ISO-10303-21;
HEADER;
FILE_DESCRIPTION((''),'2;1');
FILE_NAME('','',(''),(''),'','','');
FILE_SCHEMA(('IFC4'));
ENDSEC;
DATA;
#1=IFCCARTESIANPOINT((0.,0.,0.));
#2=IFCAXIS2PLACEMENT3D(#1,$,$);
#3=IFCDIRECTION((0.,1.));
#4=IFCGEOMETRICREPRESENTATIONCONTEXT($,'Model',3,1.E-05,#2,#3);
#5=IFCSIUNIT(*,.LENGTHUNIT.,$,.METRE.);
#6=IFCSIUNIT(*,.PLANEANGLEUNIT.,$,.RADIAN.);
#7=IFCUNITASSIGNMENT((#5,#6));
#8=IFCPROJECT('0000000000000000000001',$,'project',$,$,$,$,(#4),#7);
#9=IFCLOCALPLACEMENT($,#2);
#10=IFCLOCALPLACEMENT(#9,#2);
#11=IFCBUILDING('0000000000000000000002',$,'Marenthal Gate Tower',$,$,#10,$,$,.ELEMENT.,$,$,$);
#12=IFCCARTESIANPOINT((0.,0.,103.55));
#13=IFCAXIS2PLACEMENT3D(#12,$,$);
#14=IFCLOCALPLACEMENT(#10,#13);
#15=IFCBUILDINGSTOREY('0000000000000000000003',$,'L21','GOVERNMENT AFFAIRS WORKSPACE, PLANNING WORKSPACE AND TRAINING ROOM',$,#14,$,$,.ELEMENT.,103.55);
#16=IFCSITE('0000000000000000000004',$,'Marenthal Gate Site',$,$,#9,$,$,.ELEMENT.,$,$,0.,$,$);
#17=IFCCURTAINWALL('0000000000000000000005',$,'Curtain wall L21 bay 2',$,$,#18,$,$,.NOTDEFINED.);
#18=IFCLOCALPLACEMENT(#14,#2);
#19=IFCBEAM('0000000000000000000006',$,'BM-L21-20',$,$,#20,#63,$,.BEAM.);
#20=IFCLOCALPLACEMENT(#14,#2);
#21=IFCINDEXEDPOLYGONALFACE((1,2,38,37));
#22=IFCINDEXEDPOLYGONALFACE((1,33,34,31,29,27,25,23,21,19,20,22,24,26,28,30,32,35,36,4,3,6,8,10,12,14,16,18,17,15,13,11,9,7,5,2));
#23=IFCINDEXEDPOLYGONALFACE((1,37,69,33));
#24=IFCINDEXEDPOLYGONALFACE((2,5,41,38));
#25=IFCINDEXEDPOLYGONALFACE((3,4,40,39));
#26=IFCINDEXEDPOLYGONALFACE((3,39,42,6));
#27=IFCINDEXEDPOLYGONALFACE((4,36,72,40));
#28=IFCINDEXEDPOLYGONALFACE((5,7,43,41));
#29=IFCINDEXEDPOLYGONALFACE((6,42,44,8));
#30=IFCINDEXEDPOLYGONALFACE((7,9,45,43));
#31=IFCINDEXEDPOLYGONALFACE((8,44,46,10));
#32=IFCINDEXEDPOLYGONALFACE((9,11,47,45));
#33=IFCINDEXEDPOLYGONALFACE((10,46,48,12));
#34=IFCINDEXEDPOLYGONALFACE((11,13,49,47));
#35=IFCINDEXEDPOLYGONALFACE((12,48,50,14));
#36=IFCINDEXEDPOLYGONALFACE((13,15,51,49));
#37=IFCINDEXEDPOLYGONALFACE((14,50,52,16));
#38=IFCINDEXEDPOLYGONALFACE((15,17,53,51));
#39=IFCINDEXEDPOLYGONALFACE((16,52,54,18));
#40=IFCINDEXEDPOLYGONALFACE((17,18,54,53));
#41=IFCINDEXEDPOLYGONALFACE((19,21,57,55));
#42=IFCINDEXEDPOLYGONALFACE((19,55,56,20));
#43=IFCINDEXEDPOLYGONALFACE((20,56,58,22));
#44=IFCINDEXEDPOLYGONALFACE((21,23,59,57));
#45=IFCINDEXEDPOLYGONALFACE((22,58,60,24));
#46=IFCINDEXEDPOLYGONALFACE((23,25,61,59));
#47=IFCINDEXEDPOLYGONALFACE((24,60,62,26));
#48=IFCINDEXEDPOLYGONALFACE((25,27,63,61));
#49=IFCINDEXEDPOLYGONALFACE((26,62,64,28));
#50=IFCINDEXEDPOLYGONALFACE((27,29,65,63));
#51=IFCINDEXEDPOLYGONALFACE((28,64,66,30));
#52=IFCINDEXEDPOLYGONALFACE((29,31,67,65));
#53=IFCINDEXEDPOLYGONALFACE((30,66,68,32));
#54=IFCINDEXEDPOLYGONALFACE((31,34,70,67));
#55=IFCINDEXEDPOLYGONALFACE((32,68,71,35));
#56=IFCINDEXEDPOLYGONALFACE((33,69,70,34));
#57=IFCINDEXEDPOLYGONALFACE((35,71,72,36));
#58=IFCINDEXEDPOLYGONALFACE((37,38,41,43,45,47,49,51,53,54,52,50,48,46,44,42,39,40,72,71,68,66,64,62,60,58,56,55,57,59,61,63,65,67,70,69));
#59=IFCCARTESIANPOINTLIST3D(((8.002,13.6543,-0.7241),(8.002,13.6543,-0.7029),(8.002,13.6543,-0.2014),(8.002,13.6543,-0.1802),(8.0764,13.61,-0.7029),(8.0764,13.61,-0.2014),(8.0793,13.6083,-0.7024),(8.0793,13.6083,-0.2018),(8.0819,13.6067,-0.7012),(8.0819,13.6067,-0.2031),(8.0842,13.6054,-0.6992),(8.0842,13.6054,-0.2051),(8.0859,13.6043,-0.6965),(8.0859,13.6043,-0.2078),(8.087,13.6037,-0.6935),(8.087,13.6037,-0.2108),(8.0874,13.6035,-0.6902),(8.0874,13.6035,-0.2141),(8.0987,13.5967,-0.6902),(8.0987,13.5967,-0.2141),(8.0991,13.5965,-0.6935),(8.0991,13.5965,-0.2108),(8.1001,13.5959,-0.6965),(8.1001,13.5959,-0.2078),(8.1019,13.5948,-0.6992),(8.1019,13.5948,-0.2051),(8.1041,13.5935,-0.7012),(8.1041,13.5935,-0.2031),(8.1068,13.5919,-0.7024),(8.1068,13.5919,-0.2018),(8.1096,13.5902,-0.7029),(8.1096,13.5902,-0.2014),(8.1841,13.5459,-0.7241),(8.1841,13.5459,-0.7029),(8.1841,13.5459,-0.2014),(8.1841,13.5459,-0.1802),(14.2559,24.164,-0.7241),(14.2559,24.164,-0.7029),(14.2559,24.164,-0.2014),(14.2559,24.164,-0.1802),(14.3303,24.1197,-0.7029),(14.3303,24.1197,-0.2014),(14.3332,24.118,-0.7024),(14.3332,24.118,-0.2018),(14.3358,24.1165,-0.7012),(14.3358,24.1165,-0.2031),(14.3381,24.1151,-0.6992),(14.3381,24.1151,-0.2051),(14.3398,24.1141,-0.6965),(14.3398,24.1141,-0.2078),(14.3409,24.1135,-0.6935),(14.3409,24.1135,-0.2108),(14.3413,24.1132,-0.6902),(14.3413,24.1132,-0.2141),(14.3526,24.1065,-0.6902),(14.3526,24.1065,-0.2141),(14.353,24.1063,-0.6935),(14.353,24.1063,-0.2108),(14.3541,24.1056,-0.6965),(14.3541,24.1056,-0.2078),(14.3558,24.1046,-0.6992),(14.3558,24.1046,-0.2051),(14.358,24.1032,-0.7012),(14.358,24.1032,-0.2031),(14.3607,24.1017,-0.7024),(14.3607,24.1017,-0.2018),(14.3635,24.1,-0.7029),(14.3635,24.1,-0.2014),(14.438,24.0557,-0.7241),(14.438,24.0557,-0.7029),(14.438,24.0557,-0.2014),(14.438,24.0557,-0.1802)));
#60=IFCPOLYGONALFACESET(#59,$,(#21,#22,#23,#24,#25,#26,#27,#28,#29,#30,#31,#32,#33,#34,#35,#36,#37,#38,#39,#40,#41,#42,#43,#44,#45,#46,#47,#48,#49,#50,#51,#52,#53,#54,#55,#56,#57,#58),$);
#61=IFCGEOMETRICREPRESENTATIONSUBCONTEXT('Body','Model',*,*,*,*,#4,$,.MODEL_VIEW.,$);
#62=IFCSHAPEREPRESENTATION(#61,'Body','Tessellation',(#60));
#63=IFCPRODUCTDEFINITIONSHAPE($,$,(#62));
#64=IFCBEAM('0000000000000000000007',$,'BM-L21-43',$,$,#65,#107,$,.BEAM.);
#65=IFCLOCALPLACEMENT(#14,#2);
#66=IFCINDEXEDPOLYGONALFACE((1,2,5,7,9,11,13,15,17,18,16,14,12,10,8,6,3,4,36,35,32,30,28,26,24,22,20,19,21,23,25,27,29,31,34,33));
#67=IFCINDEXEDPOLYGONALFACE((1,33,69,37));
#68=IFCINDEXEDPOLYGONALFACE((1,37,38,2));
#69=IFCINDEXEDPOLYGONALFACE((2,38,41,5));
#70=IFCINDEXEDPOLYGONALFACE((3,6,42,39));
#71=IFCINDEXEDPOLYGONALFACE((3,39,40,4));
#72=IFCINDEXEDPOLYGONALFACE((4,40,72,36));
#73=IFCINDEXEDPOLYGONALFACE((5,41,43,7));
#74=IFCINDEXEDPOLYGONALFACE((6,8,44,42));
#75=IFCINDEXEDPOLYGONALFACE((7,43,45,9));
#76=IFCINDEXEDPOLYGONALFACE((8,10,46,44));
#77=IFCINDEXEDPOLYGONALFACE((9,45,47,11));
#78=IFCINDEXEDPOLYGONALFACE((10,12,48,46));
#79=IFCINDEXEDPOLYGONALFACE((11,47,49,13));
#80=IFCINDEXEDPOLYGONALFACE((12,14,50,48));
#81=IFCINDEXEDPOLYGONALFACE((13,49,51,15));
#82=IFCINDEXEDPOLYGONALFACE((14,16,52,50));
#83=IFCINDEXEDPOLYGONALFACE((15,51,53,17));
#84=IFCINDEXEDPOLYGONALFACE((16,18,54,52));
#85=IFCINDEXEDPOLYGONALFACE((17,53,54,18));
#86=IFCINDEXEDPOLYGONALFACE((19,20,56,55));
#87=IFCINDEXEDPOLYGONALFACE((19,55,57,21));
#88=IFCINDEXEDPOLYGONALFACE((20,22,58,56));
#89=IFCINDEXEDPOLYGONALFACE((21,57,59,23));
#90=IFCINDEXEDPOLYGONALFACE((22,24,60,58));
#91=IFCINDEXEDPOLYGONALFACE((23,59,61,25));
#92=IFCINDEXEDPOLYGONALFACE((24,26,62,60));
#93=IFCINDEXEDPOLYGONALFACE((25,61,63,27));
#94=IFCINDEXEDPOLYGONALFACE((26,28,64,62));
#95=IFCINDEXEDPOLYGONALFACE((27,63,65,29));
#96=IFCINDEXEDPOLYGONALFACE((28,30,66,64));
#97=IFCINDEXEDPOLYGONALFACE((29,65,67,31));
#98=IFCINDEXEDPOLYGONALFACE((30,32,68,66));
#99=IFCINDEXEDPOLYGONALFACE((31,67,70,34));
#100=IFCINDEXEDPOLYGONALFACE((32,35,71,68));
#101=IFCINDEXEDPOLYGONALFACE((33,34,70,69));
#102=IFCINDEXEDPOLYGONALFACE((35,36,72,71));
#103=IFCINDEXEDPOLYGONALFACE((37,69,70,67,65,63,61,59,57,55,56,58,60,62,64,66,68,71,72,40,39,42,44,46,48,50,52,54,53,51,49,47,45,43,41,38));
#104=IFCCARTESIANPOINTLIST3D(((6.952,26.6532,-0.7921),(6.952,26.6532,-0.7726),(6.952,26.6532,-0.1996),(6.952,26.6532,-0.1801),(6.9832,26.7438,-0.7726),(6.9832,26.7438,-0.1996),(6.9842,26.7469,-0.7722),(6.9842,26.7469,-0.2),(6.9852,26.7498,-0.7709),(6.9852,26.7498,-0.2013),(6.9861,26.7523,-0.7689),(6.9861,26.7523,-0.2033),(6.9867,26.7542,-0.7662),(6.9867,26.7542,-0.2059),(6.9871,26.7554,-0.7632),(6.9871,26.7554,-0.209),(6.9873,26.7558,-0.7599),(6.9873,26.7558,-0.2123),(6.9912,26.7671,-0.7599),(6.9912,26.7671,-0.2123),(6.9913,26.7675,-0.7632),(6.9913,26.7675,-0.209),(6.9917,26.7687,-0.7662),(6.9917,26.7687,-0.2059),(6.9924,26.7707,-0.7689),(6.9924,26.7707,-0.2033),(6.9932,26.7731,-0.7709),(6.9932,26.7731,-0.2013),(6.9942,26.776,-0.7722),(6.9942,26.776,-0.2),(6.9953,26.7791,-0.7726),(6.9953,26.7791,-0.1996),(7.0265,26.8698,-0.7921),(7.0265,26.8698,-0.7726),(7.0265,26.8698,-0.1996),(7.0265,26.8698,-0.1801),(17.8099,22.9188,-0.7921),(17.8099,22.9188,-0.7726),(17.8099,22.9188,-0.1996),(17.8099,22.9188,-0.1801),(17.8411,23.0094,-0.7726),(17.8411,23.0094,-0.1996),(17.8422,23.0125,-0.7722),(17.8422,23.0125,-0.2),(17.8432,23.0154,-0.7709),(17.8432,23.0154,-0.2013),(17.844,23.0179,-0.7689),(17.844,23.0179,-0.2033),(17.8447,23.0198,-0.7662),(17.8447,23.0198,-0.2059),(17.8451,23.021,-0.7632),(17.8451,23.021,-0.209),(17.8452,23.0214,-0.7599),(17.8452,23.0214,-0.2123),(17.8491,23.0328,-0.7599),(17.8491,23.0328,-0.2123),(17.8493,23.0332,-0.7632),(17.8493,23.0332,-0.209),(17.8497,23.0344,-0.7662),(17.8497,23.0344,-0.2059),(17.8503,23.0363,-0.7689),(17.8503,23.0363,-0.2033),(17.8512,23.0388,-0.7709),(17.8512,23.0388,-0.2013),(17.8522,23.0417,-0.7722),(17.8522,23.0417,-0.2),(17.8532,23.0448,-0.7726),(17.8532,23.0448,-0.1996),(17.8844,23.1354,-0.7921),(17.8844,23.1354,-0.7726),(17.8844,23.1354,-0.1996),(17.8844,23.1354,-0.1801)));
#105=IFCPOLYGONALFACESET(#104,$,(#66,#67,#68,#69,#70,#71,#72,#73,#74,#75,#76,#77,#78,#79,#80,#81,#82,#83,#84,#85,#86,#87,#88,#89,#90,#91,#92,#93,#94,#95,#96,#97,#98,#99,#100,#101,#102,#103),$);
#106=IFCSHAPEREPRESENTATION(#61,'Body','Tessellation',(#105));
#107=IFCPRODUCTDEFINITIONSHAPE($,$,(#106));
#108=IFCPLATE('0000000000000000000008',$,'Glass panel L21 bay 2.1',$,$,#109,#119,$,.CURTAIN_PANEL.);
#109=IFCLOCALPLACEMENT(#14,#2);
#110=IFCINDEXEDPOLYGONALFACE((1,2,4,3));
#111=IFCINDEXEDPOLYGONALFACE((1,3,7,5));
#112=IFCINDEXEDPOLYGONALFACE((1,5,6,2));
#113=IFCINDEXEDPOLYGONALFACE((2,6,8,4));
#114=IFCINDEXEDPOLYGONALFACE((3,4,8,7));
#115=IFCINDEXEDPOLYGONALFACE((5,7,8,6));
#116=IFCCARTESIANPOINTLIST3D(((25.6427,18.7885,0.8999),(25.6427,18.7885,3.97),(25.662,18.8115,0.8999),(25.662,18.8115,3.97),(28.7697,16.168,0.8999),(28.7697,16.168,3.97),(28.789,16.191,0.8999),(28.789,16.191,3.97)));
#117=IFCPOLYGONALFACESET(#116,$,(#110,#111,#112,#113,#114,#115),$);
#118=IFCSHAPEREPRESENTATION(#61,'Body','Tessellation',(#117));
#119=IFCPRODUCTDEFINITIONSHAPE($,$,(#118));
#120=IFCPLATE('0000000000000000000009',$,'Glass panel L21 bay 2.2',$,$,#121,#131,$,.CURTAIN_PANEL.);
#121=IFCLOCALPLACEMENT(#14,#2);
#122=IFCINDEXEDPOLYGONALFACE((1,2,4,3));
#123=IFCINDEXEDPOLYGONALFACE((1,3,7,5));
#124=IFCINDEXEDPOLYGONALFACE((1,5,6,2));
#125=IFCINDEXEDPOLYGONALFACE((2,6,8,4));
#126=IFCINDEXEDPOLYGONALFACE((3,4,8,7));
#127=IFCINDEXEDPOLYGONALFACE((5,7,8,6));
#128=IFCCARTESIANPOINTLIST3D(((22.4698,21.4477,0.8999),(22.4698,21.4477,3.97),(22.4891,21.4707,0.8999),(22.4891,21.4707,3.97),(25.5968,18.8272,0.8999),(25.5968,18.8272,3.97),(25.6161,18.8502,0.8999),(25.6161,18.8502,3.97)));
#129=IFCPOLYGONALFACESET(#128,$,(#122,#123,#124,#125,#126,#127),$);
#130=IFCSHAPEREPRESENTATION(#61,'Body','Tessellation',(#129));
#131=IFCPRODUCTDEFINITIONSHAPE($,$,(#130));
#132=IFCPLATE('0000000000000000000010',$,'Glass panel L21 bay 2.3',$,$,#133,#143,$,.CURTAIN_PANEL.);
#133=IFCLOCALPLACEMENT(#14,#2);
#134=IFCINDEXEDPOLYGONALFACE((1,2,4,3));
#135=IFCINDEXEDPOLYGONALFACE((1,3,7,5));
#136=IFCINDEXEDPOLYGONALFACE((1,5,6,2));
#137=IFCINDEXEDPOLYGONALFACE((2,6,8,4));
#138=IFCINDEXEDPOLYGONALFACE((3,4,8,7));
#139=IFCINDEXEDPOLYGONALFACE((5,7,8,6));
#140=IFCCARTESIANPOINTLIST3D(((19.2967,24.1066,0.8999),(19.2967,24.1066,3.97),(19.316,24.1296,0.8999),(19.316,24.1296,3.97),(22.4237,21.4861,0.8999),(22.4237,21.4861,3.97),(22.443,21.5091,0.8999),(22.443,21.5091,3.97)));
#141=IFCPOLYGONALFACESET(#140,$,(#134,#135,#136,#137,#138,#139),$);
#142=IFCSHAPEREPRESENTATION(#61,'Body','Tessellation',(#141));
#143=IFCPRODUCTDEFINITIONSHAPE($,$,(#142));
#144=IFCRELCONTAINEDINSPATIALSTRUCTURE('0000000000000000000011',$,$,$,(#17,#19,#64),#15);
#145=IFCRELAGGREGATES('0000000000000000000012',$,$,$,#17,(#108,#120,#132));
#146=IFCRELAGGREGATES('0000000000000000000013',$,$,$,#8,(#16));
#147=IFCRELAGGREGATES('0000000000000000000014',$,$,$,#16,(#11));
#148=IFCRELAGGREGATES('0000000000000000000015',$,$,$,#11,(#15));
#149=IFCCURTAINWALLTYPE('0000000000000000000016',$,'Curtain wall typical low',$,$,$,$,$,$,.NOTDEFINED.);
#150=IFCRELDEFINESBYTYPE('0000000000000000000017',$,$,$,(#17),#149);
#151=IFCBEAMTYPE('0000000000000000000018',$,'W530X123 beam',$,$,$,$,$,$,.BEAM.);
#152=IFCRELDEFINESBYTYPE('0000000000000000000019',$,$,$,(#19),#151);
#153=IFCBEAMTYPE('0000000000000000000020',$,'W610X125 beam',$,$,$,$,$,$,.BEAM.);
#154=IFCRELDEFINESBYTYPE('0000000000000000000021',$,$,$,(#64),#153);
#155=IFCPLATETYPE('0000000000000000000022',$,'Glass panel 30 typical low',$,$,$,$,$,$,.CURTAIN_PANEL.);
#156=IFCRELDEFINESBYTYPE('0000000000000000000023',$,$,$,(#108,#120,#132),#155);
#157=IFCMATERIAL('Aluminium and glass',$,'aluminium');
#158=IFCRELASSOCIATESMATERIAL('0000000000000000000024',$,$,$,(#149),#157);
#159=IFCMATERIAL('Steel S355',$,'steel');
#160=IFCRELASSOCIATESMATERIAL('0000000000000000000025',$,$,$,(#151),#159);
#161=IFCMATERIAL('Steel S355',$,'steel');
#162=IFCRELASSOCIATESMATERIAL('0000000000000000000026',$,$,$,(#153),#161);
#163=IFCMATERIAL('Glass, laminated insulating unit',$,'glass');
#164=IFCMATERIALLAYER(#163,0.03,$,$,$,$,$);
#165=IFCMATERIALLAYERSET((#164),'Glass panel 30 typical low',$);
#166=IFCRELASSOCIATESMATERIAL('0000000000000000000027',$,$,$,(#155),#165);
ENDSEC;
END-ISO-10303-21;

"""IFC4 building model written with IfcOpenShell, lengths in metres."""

from ifc_helpers import new_model, si_unit, direction, frame, origin, origin_2d, place, context, subcontext, project, spatial, rectangle, i_section, extrude, material, layer, layer_set, material_profile, profile_set, type_object, element, aggregate, save


model = new_model("IFC4")

# Units and contexts
model_context = context("Model", 3, precision=1e-05, world=origin(), true_north=direction((0.0, 1.0)))
body_context = subcontext(model_context, "Body", "Model", "MODEL_VIEW")
ifc_project = project(units=[si_unit("LENGTHUNIT", "METRE"), si_unit("PLANEANGLEUNIT", "RADIAN")], contexts=[model_context])

# Site, building, storey
site_placement = place(None, origin())
site = spatial("IfcSite", under=ifc_project, at=site_placement, Name="Marenthal Gate Site", CompositionType="ELEMENT", RefElevation=0.0)
building_placement = place(site_placement, origin())
building = spatial("IfcBuilding", under=site, at=building_placement, Name="Marenthal Gate Tower", CompositionType="ELEMENT")
storey_placement = place(building_placement, frame((0.0, 0.0, 103.55)))
storey = spatial("IfcBuildingStorey", under=building, at=storey_placement, Name="L21", Description="GOVERNMENT AFFAIRS WORKSPACE, PLANNING WORKSPACE AND TRAINING ROOM", CompositionType="ELEMENT", Elevation=103.55)

# Curtain wall
ifc_material_1 = material(Name="Aluminium and glass", Category="aluminium")
curtain_wall_type = type_object("IfcCurtainWallType", Name="Curtain wall typical low", PredefinedType="NOTDEFINED", material=ifc_material_1)
curtain_wall_placement = place(storey_placement, origin())
curtain_wall = element("IfcCurtainWall", 1, at=curtain_wall_placement, inside=storey, type_object=curtain_wall_type, Name="Curtain wall L21 bay 2", PredefinedType="NOTDEFINED")

# Beams
ifc_material_2 = material(Name="Steel S355", Category="steel")
ifc_material_profile_1 = material_profile(ifc_material_2, i_section(OverallWidth=0.2119, OverallDepth=0.5439, WebThickness=0.0132, FlangeThickness=0.0212, FilletRadius=0.0127, at=origin_2d()), Name="W530X123")
ifc_profile_set_1 = profile_set([ifc_material_profile_1], Name="Steel S355")
beam_type_1 = type_object("IfcBeamType", Name="W530X123 beam", PredefinedType="BEAM", material=ifc_profile_set_1)
beam_1_placement = place(storey_placement, frame((14.3469, 24.1099, -0.4521), z_axis=(-0.511369, -0.859361, 0.0), x_axis=(0.859361, -0.511369, 0.0)))
element("IfcBeam", 2, at=beam_1_placement, inside=storey, type_object=beam_type_1, Name="BM-L21-20", PredefinedType="BEAM", context=body_context, shape_type="SweptSolid", body=[
    extrude(i_section(OverallWidth=0.2119, OverallDepth=0.5439, WebThickness=0.0132, FlangeThickness=0.0212, FilletRadius=0.0127, at=origin_2d()), origin(), (0.0, 0.0, 1.0), 12.2297),
])
ifc_material_3 = material(Name="Steel S355", Category="steel")
ifc_material_profile_2 = material_profile(ifc_material_3, i_section(OverallWidth=0.229, OverallDepth=0.6121, WebThickness=0.012, FlangeThickness=0.0195, FilletRadius=0.0127, at=origin_2d()), Name="W610X125")
ifc_profile_set_2 = profile_set([ifc_material_profile_2], Name="Steel S355")
beam_type_2 = type_object("IfcBeamType", Name="W610X125 beam", PredefinedType="BEAM", material=ifc_profile_set_2)
beam_2_placement = place(storey_placement, frame((17.8472, 23.0271, -0.4861), z_axis=(-0.945634, 0.325233, 0.0), x_axis=(-0.325233, -0.945634, 0.0)))
element("IfcBeam", 3, at=beam_2_placement, inside=storey, type_object=beam_type_2, Name="BM-L21-43", PredefinedType="BEAM", context=body_context, shape_type="SweptSolid", body=[
    extrude(i_section(OverallWidth=0.229, OverallDepth=0.6121, WebThickness=0.012, FlangeThickness=0.0195, FilletRadius=0.0127, at=origin_2d()), origin(), (0.0, 0.0, 1.0), 11.4822),
])

# Plates
ifc_material_4 = material(Name="Glass, laminated insulating unit", Category="glass")
ifc_layer_1 = layer(ifc_material_4, 0.03)
ifc_layer_set_1 = layer_set([ifc_layer_1], Name="Glass panel 30 typical low")
plate_type = type_object("IfcPlateType", Name="Glass panel 30 typical low", PredefinedType="CURTAIN_PANEL", material=ifc_layer_set_1)
plate_1_placement = place(storey_placement, frame((27.2158, 17.4897, 0.8999), z_axis=(0.0, 0.0, 1.0), x_axis=(-0.766447, 0.642308, 0.0)))
plate_1 = element("IfcPlate", 4, at=plate_1_placement, type_object=plate_type, Name="Glass panel L21 bay 2.1", PredefinedType="CURTAIN_PANEL", context=body_context, shape_type="SweptSolid", body=[
    extrude(rectangle(XDim=4.0798, YDim=0.03, at=origin_2d()), origin(), (0.0, 0.0, 1.0), 3.0701),
])
plate_2_placement = place(storey_placement, frame((24.043, 20.1489, 0.8999), z_axis=(0.0, 0.0, 1.0), x_axis=(-0.766447, 0.642308, 0.0)))
plate_2 = element("IfcPlate", 5, at=plate_2_placement, type_object=plate_type, Name="Glass panel L21 bay 2.2", PredefinedType="CURTAIN_PANEL", context=body_context, shape_type="SweptSolid", body=[
    extrude(rectangle(XDim=4.0798, YDim=0.03, at=origin_2d()), origin(), (0.0, 0.0, 1.0), 3.0701),
])
plate_3_placement = place(storey_placement, frame((20.8699, 22.8079, 0.8999), z_axis=(0.0, 0.0, 1.0), x_axis=(-0.766447, 0.642308, 0.0)))
plate_3 = element("IfcPlate", 6, at=plate_3_placement, type_object=plate_type, Name="Glass panel L21 bay 2.3", PredefinedType="CURTAIN_PANEL", context=body_context, shape_type="SweptSolid", body=[
    extrude(rectangle(XDim=4.0798, YDim=0.03, at=origin_2d()), origin(), (0.0, 0.0, 1.0), 3.0701),
])
aggregate(curtain_wall, [plate_1, plate_2, plate_3])

save(model, "model.ifc")
